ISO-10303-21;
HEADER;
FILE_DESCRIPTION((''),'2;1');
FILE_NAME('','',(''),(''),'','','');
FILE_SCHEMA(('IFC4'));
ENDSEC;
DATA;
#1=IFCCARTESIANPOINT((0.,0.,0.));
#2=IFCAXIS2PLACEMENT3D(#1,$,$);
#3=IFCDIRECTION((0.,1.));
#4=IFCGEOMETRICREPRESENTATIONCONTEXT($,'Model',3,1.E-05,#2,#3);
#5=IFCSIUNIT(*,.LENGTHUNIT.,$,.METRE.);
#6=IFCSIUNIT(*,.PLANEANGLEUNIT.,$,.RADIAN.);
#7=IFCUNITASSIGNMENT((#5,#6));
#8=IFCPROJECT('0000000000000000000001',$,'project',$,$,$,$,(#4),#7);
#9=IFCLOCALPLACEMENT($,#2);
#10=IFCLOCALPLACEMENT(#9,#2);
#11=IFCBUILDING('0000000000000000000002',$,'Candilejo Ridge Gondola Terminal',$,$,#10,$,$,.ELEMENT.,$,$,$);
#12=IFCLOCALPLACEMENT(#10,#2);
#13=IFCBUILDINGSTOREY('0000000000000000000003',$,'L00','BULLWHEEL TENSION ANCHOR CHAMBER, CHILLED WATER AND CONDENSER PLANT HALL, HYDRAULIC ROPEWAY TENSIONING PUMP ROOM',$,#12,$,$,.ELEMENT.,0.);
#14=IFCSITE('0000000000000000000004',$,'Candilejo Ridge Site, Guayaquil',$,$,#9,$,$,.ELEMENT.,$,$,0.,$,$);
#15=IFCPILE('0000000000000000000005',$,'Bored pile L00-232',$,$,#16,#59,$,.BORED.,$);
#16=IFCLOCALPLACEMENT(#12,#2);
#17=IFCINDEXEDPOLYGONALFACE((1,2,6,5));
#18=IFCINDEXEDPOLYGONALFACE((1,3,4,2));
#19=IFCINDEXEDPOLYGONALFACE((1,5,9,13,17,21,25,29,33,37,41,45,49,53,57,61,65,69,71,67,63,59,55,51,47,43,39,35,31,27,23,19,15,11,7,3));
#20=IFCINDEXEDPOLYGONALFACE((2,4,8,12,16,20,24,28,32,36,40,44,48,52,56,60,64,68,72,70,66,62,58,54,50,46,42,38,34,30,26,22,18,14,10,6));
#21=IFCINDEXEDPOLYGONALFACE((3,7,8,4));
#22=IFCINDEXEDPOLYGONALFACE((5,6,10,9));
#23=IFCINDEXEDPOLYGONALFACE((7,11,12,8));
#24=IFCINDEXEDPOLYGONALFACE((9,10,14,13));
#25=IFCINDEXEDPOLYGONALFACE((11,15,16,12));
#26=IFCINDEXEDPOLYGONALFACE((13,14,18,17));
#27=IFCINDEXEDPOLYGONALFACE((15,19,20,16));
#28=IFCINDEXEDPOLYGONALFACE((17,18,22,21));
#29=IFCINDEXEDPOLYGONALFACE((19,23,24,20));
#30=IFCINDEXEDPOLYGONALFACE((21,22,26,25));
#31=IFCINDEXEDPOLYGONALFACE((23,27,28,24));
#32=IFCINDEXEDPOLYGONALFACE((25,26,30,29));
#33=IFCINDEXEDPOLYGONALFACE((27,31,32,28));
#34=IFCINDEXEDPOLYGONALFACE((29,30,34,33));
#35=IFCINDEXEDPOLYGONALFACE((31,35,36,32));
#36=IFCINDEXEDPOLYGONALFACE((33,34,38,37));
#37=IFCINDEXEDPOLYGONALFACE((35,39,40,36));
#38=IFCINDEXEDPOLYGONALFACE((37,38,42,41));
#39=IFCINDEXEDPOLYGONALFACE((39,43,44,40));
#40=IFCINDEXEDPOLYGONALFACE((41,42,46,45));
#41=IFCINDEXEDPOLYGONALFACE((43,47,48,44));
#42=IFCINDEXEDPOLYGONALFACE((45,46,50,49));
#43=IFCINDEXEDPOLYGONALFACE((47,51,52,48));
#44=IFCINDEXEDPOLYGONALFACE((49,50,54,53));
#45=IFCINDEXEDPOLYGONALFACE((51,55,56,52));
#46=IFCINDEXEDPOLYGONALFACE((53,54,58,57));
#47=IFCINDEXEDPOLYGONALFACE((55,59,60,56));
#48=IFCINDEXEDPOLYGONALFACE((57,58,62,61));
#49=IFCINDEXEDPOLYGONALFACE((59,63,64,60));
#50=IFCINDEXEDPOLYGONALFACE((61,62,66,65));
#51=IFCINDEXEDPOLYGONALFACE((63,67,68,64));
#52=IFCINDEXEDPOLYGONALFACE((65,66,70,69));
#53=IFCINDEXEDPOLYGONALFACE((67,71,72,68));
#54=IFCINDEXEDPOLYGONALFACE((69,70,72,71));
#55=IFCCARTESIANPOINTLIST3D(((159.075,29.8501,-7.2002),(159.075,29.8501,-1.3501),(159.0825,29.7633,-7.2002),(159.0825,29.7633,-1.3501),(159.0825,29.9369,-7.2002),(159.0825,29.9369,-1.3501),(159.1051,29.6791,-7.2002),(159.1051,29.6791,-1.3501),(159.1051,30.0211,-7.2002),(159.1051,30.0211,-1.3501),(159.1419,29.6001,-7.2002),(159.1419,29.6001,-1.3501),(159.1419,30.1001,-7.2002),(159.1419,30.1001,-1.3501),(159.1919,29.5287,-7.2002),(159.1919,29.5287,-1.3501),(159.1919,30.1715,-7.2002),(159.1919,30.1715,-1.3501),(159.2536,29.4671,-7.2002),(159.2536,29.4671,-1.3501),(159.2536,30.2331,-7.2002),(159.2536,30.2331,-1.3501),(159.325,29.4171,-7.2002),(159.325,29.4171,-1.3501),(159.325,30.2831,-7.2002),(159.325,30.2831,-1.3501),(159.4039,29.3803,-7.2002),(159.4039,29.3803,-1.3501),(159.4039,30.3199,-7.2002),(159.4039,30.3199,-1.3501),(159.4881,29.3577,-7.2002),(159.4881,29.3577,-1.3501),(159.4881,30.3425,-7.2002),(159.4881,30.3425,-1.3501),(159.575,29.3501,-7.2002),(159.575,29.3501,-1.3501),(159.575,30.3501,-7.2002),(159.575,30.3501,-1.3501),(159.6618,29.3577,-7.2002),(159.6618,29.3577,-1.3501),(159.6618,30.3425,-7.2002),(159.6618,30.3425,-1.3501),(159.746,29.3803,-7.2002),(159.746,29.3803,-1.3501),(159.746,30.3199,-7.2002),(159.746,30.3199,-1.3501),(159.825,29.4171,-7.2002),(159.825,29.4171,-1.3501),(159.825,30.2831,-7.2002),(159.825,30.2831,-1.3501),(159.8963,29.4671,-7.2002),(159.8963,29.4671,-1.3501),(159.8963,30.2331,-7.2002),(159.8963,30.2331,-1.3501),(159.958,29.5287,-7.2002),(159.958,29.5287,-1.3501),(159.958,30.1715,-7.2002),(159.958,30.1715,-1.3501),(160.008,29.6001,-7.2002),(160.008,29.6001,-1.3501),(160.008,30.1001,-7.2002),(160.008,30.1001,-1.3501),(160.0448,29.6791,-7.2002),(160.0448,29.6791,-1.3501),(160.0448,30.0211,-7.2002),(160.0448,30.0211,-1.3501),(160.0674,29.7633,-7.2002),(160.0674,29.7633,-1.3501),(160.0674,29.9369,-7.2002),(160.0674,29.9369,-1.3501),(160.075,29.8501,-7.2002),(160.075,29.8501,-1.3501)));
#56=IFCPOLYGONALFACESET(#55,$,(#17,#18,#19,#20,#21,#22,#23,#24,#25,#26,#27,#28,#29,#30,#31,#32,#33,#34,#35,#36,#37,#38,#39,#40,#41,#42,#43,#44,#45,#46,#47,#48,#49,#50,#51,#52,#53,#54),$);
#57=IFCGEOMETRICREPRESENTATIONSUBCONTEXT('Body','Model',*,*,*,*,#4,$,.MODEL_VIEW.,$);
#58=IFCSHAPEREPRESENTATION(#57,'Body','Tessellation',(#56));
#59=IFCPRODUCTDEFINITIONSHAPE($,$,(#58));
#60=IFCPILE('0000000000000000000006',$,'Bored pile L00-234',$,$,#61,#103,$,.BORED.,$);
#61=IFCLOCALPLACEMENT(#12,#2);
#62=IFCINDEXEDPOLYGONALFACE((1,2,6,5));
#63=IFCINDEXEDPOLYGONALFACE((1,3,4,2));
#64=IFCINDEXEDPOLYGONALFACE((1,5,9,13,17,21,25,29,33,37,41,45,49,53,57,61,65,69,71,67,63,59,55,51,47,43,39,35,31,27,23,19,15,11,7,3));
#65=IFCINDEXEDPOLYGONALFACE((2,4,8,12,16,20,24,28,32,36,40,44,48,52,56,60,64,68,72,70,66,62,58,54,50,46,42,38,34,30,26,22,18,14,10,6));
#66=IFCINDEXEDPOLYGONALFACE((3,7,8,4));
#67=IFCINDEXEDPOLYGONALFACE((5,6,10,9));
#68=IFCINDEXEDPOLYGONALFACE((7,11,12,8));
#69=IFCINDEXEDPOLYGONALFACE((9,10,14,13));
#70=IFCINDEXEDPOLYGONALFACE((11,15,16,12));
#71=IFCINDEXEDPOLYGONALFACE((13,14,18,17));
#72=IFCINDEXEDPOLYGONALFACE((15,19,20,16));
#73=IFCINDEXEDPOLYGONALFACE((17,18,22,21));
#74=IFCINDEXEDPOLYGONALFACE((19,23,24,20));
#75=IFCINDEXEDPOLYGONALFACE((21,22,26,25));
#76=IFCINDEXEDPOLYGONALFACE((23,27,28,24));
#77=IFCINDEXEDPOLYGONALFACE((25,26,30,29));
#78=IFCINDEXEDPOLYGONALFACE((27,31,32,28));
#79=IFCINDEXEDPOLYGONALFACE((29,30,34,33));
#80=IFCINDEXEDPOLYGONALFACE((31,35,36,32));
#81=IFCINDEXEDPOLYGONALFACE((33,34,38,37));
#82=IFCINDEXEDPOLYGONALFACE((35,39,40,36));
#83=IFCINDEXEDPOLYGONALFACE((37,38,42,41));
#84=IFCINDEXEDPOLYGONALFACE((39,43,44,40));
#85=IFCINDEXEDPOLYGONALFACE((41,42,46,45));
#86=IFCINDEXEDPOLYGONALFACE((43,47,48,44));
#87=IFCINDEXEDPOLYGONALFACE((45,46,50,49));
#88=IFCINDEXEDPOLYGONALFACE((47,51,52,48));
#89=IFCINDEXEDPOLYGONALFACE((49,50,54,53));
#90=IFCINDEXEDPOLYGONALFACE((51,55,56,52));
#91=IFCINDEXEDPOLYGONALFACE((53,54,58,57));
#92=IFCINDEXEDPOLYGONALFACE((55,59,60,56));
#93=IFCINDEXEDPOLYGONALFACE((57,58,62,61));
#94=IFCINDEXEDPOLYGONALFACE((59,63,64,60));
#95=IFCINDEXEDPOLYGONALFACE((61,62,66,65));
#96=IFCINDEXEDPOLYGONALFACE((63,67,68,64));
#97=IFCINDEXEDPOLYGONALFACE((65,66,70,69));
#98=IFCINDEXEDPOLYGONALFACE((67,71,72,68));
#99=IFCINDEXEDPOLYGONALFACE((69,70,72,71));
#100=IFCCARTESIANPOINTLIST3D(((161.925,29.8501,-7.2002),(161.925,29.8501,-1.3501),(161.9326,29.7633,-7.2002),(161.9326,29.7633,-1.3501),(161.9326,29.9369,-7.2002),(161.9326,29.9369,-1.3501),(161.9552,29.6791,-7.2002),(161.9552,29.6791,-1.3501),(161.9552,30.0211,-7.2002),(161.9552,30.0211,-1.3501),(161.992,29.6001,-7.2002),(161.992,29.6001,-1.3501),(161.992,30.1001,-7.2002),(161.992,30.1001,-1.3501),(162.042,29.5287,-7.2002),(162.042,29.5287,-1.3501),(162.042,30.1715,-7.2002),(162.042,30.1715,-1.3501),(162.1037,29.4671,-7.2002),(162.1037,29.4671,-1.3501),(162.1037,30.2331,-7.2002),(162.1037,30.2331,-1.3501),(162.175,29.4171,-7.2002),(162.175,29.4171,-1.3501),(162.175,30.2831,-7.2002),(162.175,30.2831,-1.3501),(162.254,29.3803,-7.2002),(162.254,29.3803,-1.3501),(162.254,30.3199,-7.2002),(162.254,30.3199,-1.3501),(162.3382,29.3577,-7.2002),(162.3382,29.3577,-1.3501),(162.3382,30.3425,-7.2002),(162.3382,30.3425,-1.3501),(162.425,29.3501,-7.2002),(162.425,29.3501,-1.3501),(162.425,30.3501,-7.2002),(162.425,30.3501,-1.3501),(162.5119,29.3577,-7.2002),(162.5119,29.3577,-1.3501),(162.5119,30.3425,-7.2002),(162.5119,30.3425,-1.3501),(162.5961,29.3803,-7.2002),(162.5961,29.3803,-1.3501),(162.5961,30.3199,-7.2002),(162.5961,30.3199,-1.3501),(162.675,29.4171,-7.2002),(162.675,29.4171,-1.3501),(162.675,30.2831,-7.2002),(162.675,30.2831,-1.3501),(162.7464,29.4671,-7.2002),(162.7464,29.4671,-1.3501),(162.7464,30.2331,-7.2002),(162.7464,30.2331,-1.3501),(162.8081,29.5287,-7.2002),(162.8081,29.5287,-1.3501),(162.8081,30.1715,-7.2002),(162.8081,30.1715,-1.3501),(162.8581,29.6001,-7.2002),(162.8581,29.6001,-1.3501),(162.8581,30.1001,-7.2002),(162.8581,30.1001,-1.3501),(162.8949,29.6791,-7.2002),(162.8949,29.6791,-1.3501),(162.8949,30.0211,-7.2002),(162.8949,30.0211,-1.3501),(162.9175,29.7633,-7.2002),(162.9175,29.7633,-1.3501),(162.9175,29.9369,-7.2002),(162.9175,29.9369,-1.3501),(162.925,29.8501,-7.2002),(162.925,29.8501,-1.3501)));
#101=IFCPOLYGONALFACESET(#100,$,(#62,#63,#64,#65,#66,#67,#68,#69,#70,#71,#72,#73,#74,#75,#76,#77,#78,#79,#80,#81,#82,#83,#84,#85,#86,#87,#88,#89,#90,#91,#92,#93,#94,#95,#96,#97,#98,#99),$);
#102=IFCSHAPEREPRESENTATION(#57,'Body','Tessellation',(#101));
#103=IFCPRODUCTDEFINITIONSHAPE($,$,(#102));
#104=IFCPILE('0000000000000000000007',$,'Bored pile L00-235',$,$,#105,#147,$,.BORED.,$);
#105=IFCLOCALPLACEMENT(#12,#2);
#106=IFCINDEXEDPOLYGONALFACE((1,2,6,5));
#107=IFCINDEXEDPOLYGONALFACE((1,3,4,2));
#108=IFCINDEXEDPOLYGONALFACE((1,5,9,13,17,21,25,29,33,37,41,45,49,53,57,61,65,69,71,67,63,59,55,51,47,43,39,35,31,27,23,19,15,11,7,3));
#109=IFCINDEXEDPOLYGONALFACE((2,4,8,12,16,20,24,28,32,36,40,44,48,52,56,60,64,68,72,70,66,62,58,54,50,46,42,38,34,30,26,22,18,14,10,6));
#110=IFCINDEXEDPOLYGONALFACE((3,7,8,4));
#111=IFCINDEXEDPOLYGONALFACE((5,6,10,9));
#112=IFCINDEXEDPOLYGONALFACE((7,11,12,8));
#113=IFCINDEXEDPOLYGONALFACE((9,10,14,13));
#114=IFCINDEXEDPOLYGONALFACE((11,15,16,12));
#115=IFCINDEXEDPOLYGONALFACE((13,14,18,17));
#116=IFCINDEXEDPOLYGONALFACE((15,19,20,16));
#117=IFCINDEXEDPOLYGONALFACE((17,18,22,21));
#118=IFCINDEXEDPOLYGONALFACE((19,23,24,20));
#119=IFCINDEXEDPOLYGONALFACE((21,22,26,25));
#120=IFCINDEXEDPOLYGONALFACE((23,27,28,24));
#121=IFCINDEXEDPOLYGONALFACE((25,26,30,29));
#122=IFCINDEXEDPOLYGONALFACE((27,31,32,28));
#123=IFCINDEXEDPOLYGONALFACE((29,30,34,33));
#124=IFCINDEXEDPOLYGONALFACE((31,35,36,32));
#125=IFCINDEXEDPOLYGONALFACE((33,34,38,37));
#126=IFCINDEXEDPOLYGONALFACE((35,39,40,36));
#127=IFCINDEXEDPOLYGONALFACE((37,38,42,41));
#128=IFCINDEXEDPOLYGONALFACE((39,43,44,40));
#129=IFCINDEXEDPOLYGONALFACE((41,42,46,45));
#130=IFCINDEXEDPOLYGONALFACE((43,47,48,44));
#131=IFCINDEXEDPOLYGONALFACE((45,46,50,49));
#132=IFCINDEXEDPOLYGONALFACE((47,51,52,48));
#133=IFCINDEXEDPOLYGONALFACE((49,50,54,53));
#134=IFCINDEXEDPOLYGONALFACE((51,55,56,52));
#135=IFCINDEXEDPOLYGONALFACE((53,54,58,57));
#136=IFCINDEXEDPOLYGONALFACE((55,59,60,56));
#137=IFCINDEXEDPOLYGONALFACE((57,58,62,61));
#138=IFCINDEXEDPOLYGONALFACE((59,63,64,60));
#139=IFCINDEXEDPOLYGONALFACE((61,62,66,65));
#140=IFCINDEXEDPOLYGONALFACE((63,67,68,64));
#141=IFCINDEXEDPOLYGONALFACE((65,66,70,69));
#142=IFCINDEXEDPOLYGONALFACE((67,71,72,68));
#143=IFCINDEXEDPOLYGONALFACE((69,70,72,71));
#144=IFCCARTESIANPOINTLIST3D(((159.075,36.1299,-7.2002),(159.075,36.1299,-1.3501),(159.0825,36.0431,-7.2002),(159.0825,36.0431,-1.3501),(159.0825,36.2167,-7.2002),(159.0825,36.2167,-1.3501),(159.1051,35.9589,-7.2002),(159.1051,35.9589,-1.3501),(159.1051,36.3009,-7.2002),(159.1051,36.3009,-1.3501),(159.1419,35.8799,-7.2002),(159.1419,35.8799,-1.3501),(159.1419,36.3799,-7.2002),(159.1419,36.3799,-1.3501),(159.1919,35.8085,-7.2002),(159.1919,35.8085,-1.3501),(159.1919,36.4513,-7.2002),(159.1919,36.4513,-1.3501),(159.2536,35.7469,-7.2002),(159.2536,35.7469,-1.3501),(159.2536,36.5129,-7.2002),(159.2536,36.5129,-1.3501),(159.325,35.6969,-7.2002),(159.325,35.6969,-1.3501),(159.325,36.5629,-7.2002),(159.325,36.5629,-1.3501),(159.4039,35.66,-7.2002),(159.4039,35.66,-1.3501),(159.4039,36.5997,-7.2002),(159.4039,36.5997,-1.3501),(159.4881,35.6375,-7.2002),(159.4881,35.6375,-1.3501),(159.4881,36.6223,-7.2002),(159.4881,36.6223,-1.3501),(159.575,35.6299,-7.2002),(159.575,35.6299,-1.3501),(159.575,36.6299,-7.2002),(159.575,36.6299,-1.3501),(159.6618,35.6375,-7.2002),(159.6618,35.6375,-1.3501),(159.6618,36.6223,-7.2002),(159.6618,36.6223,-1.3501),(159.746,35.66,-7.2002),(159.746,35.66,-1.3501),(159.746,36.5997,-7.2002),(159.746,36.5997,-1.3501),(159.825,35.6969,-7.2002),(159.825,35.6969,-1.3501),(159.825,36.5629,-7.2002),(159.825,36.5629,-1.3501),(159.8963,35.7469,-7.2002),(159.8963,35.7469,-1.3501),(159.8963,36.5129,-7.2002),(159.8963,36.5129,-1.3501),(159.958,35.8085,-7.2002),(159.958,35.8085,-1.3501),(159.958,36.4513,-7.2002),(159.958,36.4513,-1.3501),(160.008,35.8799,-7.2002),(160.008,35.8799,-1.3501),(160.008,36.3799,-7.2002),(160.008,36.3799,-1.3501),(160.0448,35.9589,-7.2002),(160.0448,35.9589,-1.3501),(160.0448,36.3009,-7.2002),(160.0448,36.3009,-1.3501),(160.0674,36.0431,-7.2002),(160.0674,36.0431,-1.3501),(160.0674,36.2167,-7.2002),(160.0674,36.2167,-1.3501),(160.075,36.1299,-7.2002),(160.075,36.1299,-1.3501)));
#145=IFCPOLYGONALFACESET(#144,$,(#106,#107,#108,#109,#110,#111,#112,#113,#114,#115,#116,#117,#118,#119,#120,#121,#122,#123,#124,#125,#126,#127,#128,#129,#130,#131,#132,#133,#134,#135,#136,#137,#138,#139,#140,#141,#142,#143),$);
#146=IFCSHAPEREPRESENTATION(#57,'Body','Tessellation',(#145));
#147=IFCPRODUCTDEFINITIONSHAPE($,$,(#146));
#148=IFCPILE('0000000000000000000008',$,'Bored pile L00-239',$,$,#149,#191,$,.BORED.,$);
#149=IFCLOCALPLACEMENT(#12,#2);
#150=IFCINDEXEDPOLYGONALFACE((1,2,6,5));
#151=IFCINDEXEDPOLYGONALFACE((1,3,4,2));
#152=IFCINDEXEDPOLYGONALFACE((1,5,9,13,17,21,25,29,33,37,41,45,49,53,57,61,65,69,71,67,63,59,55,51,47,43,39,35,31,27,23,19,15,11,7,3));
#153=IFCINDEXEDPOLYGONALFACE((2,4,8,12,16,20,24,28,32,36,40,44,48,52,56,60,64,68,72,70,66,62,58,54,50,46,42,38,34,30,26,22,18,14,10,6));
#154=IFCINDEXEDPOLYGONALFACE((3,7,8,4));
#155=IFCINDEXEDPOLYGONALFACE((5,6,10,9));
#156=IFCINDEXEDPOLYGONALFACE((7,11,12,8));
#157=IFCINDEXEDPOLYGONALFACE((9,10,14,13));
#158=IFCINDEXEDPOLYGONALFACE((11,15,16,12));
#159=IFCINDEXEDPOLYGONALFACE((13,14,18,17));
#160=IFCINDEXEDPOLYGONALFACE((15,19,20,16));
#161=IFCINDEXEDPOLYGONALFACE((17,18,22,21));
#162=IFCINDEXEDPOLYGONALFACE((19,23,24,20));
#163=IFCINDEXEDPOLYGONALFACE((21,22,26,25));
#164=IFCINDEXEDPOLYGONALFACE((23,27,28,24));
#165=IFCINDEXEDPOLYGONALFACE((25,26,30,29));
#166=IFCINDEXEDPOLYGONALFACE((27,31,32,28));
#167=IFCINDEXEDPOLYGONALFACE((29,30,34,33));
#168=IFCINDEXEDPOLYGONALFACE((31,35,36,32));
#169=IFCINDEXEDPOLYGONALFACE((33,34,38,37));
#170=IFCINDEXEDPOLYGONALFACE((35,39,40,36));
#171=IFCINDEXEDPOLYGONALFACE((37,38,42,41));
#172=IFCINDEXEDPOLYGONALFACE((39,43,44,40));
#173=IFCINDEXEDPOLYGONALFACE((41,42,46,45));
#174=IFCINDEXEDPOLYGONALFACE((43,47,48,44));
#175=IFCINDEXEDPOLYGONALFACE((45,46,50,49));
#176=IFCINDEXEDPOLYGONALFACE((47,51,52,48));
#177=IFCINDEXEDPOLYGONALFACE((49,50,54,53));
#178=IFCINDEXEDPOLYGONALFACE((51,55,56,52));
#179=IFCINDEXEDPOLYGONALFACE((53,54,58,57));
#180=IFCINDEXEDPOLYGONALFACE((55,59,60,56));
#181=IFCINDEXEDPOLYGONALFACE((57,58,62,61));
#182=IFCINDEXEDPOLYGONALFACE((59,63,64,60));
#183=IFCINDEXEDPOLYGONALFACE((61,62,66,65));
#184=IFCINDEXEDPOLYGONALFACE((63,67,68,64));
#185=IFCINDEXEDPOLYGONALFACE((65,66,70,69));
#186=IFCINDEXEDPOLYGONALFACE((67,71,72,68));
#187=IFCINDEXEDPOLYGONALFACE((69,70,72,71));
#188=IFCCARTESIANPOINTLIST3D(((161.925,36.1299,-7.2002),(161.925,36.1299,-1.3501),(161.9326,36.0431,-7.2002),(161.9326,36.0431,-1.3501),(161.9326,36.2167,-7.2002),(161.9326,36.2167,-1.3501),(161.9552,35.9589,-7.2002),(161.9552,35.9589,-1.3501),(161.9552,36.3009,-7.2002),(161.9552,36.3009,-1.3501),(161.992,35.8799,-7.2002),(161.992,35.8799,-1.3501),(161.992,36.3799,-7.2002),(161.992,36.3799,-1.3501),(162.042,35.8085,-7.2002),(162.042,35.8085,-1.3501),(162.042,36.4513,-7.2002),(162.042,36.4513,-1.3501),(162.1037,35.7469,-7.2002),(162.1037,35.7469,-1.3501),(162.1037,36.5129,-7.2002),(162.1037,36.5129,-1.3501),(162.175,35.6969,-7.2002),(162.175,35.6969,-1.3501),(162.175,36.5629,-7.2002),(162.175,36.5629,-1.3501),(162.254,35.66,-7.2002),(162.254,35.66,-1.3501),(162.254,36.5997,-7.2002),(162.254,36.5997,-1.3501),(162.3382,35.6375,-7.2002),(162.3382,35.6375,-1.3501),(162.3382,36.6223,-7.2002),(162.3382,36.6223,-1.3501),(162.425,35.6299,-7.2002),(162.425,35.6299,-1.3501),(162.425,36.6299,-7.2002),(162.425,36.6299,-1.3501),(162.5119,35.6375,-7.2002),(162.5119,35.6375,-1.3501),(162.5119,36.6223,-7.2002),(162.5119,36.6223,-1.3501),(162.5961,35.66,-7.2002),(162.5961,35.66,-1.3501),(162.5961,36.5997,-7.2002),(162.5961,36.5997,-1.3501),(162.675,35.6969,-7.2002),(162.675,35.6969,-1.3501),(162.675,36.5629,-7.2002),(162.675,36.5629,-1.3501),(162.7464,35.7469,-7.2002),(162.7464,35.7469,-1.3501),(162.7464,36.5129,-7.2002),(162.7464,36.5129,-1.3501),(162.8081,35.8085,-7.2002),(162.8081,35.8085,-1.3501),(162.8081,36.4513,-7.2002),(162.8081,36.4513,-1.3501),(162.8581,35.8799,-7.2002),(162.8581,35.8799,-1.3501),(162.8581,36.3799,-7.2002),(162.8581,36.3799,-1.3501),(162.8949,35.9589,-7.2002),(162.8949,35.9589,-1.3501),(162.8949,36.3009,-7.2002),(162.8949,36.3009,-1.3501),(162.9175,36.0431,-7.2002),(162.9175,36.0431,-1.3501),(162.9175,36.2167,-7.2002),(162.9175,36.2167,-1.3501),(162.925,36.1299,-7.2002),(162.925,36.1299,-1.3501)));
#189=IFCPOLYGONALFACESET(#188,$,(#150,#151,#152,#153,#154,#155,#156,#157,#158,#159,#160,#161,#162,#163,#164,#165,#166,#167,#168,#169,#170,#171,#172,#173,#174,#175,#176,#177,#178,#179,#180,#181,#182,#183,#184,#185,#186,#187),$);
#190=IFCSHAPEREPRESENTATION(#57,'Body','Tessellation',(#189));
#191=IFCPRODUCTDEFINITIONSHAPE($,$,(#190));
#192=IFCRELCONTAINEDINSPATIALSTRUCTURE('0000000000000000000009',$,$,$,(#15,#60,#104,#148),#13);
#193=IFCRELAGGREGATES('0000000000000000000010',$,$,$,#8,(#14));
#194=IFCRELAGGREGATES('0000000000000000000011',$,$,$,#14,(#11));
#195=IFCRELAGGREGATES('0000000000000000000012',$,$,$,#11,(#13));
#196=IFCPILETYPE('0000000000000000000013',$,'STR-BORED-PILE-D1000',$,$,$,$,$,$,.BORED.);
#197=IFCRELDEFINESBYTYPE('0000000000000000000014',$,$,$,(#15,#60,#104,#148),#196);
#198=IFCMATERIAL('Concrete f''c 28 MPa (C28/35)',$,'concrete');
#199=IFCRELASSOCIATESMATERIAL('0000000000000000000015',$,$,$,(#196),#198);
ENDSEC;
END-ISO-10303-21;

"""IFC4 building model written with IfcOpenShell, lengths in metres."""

from ifc_helpers import new_model, si_unit, direction, frame, origin, origin_2d, place, context, subcontext, project, spatial, circle, extrude, material, material_profile, profile_set, type_object, element, save


model = new_model("IFC4")

# Units and contexts
model_context = context("Model", 3, precision=1e-05, world=origin(), true_north=direction((0.0, 1.0)))
body_context = subcontext(model_context, "Body", "Model", "MODEL_VIEW")
ifc_project = project(units=[si_unit("LENGTHUNIT", "METRE"), si_unit("PLANEANGLEUNIT", "RADIAN")], contexts=[model_context])

# Site, building, storey
site_placement = place(None, origin())
site = spatial("IfcSite", under=ifc_project, at=site_placement, Name="Candilejo Ridge Site, Guayaquil", CompositionType="ELEMENT", RefElevation=0.0)
building_placement = place(site_placement, origin())
building = spatial("IfcBuilding", under=site, at=building_placement, Name="Candilejo Ridge Gondola Terminal", CompositionType="ELEMENT")
storey_placement = place(building_placement, origin())
storey = spatial("IfcBuildingStorey", under=building, at=storey_placement, Name="L00", Description="BULLWHEEL TENSION ANCHOR CHAMBER, CHILLED WATER AND CONDENSER PLANT HALL, HYDRAULIC ROPEWAY TENSIONING PUMP ROOM", CompositionType="ELEMENT", Elevation=0.0)

# Piles
ifc_material_1 = material(Name="Concrete f'c 28 MPa (C28/35)", Category="concrete")
ifc_material_profile_1 = material_profile(ifc_material_1, circle(Radius=0.5, at=origin_2d()))
ifc_profile_set_1 = profile_set([ifc_material_profile_1], Name="Concrete f'c 28 MPa (C28/35)")
pile_type = type_object("IfcPileType", Name="STR-BORED-PILE-D1000", PredefinedType="BORED", material=ifc_profile_set_1)
for number, where, z_axis, x_axis, name in (
    (1, (159.575, 29.8501, -1.3501), (0.0, 0.0, -1.0), (1.0, 0.0, 0.0), "Bored pile L00-232"),
    (2, (162.425, 29.8501, -1.3501), (0.0, 0.0, -1.0), (1.0, 0.0, 0.0), "Bored pile L00-234"),
    (3, (159.575, 36.1299, -1.3501), (0.0, 0.0, -1.0), (1.0, 0.0, 0.0), "Bored pile L00-235"),
    (4, (162.425, 36.1299, -1.3501), (0.0, 0.0, -1.0), (1.0, 0.0, 0.0), "Bored pile L00-239"),
):
    element("IfcPile", number, at=place(storey_placement, frame(where, z_axis=z_axis, x_axis=x_axis)), inside=storey, type_object=pile_type, Name=name, PredefinedType="BORED", context=body_context, shape_type="SweptSolid", body=[
        extrude(circle(Radius=0.5, at=origin_2d()), origin(), (0.0, 0.0, 1.0), 5.8501),
    ])

save(model, "model.ifc")
